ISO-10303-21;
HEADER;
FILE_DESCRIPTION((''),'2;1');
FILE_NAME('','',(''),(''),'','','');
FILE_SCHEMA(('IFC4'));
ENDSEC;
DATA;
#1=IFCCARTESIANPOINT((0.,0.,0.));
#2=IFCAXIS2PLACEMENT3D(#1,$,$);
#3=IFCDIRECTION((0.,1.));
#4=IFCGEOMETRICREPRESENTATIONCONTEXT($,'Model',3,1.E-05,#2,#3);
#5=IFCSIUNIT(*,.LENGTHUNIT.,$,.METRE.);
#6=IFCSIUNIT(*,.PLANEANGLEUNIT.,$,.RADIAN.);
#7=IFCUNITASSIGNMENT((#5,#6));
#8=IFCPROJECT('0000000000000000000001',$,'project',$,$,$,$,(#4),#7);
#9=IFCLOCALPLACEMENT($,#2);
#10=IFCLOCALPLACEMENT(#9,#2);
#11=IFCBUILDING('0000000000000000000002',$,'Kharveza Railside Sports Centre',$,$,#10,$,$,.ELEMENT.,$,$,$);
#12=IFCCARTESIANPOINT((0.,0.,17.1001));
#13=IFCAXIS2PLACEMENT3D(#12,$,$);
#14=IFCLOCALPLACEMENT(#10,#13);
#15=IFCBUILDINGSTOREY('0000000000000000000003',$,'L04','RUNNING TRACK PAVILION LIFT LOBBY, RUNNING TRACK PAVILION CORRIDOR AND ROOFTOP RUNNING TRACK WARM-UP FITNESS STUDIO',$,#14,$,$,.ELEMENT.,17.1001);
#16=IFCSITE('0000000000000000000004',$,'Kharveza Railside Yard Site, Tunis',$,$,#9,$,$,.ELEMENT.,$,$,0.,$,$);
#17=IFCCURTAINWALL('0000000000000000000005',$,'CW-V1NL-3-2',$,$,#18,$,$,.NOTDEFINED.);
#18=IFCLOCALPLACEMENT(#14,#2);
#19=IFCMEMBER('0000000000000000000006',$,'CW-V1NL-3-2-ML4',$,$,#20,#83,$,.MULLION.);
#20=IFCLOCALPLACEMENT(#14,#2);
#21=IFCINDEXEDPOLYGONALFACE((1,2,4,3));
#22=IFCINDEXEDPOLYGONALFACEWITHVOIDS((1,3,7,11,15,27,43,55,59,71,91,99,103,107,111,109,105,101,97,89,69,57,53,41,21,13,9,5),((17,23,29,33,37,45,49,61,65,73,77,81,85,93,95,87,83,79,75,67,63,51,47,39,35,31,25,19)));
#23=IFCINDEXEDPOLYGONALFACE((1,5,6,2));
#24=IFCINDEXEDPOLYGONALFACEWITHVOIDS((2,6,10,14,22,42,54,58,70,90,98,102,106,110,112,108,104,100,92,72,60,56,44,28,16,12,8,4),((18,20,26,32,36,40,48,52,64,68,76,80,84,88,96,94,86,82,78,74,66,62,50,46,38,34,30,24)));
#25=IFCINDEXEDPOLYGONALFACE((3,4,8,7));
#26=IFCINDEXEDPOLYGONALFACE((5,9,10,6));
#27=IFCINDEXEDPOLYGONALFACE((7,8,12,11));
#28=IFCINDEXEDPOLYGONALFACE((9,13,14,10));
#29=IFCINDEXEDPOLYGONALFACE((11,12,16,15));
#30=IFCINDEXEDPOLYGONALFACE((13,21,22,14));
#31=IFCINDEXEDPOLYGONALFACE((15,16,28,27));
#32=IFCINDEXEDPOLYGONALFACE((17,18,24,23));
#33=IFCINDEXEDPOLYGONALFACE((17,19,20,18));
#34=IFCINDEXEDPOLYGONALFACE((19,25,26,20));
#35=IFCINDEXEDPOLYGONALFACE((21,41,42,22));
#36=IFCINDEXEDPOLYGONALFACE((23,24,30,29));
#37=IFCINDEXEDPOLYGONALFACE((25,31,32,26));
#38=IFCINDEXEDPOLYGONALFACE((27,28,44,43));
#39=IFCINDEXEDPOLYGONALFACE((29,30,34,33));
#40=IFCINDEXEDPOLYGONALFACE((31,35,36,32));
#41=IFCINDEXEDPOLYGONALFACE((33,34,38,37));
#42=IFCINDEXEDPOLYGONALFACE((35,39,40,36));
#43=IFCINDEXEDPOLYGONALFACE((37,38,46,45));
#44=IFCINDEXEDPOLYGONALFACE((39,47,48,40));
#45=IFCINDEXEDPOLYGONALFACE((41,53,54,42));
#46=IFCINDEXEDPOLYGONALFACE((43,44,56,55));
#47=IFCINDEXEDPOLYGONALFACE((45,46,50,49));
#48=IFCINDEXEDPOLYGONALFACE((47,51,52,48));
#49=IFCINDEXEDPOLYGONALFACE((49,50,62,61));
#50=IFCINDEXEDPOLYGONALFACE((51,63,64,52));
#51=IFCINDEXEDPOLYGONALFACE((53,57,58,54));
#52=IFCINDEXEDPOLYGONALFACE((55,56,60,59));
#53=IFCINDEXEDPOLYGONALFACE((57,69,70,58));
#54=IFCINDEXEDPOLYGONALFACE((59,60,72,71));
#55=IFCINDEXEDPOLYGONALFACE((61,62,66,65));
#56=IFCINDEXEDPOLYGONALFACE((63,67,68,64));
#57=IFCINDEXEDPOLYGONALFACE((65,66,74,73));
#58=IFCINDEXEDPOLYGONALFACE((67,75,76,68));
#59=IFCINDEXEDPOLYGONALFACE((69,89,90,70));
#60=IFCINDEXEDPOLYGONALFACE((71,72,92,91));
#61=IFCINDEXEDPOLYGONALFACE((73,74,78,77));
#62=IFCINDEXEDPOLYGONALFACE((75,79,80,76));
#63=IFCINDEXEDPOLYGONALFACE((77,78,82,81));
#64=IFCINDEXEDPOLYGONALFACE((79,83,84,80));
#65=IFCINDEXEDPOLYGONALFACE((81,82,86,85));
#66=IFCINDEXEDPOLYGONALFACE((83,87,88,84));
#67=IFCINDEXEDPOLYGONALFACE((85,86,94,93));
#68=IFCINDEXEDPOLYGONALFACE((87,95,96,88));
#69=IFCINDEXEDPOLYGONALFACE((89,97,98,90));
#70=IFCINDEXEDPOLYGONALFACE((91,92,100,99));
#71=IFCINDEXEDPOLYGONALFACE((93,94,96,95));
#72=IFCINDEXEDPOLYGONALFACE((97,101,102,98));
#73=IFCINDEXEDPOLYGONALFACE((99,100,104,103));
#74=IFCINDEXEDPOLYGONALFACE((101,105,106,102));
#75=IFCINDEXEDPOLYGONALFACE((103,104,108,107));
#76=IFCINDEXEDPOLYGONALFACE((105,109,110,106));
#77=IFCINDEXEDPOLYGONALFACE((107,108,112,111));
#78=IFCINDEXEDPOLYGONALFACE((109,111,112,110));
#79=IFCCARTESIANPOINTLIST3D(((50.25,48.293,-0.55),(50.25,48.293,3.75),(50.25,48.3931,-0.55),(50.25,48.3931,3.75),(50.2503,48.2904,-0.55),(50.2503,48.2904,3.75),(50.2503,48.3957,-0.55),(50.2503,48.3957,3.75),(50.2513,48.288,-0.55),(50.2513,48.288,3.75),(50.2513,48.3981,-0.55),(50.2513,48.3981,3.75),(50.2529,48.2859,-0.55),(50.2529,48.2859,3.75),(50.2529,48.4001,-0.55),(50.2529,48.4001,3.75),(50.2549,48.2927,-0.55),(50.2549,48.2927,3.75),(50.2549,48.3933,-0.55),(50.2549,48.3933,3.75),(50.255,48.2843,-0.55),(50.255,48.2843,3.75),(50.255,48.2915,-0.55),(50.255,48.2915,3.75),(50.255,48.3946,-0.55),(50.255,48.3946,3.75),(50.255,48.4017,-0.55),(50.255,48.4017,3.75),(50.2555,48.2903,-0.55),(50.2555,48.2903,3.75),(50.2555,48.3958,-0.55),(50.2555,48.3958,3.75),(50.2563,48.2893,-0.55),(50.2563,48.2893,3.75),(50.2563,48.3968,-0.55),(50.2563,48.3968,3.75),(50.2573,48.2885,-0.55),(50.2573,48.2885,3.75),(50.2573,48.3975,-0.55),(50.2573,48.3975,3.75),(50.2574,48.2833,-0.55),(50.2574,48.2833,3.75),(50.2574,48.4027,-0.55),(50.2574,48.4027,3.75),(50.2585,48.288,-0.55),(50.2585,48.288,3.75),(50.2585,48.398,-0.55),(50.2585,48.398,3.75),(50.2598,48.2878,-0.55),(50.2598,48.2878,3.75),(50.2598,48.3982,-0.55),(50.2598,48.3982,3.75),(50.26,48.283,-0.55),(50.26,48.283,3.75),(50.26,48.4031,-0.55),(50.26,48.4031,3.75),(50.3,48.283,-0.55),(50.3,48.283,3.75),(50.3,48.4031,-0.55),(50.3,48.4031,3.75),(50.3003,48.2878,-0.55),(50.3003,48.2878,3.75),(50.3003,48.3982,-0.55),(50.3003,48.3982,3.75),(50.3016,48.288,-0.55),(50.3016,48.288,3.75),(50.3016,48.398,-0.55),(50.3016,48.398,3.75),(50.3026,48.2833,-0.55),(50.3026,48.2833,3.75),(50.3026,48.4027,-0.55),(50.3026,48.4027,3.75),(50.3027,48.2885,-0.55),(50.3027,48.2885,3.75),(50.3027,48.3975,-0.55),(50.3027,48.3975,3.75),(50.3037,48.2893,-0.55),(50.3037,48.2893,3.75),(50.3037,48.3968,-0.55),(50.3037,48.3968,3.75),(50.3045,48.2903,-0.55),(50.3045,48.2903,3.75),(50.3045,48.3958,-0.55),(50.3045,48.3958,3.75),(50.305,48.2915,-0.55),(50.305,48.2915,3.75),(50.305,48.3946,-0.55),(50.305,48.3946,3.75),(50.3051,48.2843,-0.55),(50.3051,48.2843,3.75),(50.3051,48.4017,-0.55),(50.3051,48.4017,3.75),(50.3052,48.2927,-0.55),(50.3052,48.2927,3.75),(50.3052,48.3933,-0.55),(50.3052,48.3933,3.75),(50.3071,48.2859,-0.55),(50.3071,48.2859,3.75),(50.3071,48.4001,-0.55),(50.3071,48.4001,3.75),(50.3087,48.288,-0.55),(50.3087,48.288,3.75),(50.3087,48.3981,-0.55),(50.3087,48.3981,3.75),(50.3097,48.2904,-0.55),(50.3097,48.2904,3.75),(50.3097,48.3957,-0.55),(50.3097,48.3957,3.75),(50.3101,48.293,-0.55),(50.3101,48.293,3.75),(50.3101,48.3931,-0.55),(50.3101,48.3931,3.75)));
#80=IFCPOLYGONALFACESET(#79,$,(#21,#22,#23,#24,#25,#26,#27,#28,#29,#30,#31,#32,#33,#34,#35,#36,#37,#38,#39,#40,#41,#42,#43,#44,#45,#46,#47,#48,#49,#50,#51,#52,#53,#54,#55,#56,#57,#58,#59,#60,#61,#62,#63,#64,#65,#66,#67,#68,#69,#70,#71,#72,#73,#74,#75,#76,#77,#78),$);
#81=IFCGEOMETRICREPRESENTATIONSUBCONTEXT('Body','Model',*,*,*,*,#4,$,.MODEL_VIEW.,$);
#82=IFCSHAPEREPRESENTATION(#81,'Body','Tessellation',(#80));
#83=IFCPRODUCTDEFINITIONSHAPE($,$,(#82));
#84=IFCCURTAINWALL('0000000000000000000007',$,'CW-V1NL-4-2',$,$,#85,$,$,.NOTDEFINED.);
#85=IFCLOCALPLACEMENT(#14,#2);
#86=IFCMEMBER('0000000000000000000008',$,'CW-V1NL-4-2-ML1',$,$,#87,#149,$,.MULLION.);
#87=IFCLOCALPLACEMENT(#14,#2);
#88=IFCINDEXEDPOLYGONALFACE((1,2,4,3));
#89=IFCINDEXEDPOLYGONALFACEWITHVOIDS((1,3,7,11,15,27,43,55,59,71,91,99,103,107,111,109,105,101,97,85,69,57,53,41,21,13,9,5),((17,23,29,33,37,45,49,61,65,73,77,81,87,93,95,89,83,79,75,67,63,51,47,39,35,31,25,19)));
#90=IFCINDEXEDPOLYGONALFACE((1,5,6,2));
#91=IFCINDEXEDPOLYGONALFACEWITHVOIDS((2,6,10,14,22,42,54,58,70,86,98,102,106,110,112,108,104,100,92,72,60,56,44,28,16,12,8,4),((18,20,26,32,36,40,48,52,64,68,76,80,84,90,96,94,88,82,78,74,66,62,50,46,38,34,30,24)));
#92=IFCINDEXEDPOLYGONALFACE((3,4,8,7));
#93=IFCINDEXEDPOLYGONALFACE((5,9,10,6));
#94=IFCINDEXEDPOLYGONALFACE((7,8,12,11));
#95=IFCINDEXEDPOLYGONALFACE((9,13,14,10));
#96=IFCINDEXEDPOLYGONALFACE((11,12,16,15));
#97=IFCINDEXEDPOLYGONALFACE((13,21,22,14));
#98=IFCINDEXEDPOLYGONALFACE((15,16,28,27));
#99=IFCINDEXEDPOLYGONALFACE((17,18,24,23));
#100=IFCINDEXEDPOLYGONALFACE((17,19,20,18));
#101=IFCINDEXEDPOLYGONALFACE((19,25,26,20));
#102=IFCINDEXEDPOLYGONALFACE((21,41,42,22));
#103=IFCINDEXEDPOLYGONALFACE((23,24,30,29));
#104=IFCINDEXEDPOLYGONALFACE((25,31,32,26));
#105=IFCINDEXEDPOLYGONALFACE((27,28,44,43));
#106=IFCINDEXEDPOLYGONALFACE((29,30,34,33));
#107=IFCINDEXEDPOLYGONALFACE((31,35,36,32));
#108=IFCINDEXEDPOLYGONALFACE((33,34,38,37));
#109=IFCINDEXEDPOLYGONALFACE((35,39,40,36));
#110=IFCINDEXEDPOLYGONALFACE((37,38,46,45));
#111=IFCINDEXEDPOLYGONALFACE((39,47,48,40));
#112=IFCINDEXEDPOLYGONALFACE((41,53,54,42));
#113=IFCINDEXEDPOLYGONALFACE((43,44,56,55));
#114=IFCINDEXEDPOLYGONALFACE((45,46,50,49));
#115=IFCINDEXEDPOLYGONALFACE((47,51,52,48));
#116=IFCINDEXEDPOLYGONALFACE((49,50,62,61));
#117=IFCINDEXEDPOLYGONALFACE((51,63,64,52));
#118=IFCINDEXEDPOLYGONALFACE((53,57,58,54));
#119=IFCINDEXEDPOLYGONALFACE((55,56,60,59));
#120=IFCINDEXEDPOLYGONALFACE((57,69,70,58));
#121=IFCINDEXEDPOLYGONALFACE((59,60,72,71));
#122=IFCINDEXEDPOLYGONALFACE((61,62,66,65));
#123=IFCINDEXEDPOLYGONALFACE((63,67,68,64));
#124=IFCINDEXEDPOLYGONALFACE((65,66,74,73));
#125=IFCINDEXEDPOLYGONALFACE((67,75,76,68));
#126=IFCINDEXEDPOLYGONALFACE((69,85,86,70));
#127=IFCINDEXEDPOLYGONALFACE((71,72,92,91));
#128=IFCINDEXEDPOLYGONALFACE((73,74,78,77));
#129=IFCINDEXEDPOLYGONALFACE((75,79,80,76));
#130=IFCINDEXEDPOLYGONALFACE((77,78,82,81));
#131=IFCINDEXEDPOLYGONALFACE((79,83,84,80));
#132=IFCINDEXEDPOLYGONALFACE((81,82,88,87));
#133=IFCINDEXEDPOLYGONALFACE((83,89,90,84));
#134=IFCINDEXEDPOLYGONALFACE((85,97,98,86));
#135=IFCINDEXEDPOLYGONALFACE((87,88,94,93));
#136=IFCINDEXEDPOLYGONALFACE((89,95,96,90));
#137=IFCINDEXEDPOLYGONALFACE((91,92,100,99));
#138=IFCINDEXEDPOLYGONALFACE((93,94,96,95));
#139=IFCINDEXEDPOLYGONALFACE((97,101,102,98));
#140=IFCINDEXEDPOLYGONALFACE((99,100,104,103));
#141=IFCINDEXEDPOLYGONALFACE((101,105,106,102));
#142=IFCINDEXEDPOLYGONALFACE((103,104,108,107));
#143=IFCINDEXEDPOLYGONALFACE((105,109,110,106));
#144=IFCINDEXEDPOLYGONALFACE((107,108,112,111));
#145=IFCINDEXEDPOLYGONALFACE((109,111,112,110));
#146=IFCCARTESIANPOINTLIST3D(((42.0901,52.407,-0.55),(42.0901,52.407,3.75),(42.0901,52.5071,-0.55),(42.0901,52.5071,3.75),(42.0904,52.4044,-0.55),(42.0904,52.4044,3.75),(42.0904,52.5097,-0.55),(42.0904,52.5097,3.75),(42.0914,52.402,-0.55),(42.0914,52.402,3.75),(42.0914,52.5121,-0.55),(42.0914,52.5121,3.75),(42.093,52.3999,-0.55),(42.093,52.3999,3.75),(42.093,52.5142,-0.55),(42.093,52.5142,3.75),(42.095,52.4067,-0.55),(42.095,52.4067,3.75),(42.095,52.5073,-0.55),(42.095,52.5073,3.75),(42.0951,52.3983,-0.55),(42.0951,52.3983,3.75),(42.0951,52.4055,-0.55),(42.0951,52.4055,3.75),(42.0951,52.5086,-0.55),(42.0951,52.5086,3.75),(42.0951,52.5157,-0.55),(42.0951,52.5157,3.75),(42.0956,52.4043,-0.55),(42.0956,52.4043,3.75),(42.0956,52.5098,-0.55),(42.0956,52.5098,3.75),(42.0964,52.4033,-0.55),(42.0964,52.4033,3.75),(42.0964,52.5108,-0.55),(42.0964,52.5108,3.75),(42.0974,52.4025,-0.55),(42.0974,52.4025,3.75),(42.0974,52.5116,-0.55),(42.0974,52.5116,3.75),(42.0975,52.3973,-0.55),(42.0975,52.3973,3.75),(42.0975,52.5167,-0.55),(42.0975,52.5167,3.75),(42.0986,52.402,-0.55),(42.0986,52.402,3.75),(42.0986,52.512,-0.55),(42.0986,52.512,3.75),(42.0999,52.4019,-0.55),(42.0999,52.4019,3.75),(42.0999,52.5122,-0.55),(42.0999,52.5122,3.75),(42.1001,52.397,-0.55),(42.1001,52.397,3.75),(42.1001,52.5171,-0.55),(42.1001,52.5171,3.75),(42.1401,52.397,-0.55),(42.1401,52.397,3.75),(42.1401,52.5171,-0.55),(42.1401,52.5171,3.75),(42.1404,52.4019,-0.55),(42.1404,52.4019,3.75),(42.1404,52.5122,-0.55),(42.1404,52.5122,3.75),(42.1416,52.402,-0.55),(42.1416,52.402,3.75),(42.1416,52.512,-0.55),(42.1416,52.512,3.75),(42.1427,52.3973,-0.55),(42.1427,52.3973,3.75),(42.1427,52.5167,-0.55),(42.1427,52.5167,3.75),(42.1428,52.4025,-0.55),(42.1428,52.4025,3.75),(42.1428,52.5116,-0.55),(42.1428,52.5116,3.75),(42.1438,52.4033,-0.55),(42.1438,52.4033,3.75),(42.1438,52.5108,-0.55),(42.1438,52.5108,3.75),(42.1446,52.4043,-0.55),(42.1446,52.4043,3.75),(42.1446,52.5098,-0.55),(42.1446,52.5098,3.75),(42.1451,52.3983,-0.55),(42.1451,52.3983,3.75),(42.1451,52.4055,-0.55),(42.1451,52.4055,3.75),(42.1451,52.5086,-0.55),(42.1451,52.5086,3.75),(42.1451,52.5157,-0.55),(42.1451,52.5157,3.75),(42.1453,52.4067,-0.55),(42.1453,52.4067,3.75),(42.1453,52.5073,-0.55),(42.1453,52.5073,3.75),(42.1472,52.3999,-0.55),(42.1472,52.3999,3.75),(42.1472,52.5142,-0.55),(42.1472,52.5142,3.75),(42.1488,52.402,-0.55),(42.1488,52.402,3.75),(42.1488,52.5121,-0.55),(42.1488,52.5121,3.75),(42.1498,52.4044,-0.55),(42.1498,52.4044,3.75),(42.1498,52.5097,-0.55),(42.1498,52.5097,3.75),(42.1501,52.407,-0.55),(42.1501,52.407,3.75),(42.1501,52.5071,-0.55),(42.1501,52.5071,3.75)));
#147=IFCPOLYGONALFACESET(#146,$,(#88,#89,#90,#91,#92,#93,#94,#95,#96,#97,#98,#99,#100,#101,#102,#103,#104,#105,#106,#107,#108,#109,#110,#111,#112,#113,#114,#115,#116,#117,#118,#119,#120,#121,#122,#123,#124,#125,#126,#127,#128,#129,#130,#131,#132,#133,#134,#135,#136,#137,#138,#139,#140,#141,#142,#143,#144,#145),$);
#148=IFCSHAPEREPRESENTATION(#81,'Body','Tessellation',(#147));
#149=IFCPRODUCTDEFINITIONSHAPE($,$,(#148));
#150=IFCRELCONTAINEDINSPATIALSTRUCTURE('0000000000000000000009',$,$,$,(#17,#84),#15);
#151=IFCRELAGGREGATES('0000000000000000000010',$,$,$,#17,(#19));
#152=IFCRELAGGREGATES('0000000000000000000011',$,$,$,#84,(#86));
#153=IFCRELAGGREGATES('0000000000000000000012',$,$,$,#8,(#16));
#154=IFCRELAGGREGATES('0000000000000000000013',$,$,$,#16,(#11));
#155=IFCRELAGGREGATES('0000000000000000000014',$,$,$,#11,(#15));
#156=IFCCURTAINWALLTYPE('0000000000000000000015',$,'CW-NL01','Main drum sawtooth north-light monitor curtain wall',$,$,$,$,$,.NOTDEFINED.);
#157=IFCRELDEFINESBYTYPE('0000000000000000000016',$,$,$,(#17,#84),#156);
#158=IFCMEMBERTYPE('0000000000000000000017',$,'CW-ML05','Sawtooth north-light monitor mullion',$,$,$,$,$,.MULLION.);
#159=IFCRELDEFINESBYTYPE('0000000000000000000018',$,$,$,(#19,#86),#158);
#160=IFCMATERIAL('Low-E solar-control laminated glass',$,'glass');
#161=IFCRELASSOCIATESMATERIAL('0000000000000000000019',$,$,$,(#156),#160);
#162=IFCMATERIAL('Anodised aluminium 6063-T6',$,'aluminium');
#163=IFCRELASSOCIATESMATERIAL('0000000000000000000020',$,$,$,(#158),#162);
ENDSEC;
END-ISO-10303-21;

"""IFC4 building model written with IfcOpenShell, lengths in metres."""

from ifc_helpers import new_model, si_unit, direction, frame, origin, origin_2d, place, context, subcontext, project, spatial, hollow_rectangle, extrude, material, material_profile, profile_set, type_object, element, aggregate, save


model = new_model("IFC4")

# Units and contexts
model_context = context("Model", 3, precision=1e-05, world=origin(), true_north=direction((0.0, 1.0)))
body_context = subcontext(model_context, "Body", "Model", "MODEL_VIEW")
ifc_project = project(units=[si_unit("LENGTHUNIT", "METRE"), si_unit("PLANEANGLEUNIT", "RADIAN")], contexts=[model_context])

# Site, building, storey
site_placement = place(None, origin())
site = spatial("IfcSite", under=ifc_project, at=site_placement, Name="Kharveza Railside Yard Site, Tunis", CompositionType="ELEMENT", RefElevation=0.0)
building_placement = place(site_placement, origin())
building = spatial("IfcBuilding", under=site, at=building_placement, Name="Kharveza Railside Sports Centre", CompositionType="ELEMENT")
storey_placement = place(building_placement, frame((0.0, 0.0, 17.1001)))
storey = spatial("IfcBuildingStorey", under=building, at=storey_placement, Name="L04", Description="RUNNING TRACK PAVILION LIFT LOBBY, RUNNING TRACK PAVILION CORRIDOR AND ROOFTOP RUNNING TRACK WARM-UP FITNESS STUDIO", CompositionType="ELEMENT", Elevation=17.1001)

# Curtain walls, members
ifc_material_1 = material(Name="Low-E solar-control laminated glass", Category="glass")
curtain_wall_type = type_object("IfcCurtainWallType", Name="CW-NL01", Description="Main drum sawtooth north-light monitor curtain wall", PredefinedType="NOTDEFINED", material=ifc_material_1)
curtain_wall_1_placement = place(storey_placement, origin())
curtain_wall_1 = element("IfcCurtainWall", 1, at=curtain_wall_1_placement, inside=storey, type_object=curtain_wall_type, Name="CW-V1NL-3-2", PredefinedType="NOTDEFINED")
ifc_material_2 = material(Name="Anodised aluminium 6063-T6", Category="aluminium")
ifc_material_profile_1 = material_profile(ifc_material_2, hollow_rectangle(XDim=0.0601, YDim=0.1201, WallThickness=0.0049, InnerFilletRadius=0.0049, OuterFilletRadius=0.01, at=origin_2d()), Name="RHS 60x120x5.0")
ifc_profile_set_1 = profile_set([ifc_material_profile_1], Name="Anodised aluminium 6063-T6")
member_type_1 = type_object("IfcMemberType", Name="CW-ML05", Description="Sawtooth north-light monitor mullion", PredefinedType="MULLION", material=ifc_profile_set_1)
member_1_placement = place(storey_placement, frame((50.28, 48.343, -0.55), z_axis=(0.0, 0.0, 1.0), x_axis=(1.0, 0.0, 0.0)))
member_1 = element("IfcMember", 2, at=member_1_placement, type_object=member_type_1, Name="CW-V1NL-3-2-ML4", PredefinedType="MULLION", context=body_context, shape_type="SweptSolid", body=[
    extrude(hollow_rectangle(XDim=0.0601, YDim=0.1201, WallThickness=0.0049, InnerFilletRadius=0.0049, OuterFilletRadius=0.01, at=origin_2d()), origin(), (0.0, 0.0, 1.0), 4.3),
])
curtain_wall_2_placement = place(storey_placement, origin())
curtain_wall_2 = element("IfcCurtainWall", 3, at=curtain_wall_2_placement, inside=storey, type_object=curtain_wall_type, Name="CW-V1NL-4-2", PredefinedType="NOTDEFINED")
member_2_placement = place(storey_placement, frame((42.1201, 52.457, -0.55), z_axis=(0.0, 0.0, 1.0), x_axis=(1.0, 0.0, 0.0)))
member_2 = element("IfcMember", 4, at=member_2_placement, type_object=member_type_1, Name="CW-V1NL-4-2-ML1", PredefinedType="MULLION", context=body_context, shape_type="SweptSolid", body=[
    extrude(hollow_rectangle(XDim=0.0601, YDim=0.1201, WallThickness=0.0049, InnerFilletRadius=0.0049, OuterFilletRadius=0.01, at=origin_2d()), origin(), (0.0, 0.0, 1.0), 4.3),
])

aggregate(curtain_wall_1, [member_1])
aggregate(curtain_wall_2, [member_2])

save(model, "model.ifc")
